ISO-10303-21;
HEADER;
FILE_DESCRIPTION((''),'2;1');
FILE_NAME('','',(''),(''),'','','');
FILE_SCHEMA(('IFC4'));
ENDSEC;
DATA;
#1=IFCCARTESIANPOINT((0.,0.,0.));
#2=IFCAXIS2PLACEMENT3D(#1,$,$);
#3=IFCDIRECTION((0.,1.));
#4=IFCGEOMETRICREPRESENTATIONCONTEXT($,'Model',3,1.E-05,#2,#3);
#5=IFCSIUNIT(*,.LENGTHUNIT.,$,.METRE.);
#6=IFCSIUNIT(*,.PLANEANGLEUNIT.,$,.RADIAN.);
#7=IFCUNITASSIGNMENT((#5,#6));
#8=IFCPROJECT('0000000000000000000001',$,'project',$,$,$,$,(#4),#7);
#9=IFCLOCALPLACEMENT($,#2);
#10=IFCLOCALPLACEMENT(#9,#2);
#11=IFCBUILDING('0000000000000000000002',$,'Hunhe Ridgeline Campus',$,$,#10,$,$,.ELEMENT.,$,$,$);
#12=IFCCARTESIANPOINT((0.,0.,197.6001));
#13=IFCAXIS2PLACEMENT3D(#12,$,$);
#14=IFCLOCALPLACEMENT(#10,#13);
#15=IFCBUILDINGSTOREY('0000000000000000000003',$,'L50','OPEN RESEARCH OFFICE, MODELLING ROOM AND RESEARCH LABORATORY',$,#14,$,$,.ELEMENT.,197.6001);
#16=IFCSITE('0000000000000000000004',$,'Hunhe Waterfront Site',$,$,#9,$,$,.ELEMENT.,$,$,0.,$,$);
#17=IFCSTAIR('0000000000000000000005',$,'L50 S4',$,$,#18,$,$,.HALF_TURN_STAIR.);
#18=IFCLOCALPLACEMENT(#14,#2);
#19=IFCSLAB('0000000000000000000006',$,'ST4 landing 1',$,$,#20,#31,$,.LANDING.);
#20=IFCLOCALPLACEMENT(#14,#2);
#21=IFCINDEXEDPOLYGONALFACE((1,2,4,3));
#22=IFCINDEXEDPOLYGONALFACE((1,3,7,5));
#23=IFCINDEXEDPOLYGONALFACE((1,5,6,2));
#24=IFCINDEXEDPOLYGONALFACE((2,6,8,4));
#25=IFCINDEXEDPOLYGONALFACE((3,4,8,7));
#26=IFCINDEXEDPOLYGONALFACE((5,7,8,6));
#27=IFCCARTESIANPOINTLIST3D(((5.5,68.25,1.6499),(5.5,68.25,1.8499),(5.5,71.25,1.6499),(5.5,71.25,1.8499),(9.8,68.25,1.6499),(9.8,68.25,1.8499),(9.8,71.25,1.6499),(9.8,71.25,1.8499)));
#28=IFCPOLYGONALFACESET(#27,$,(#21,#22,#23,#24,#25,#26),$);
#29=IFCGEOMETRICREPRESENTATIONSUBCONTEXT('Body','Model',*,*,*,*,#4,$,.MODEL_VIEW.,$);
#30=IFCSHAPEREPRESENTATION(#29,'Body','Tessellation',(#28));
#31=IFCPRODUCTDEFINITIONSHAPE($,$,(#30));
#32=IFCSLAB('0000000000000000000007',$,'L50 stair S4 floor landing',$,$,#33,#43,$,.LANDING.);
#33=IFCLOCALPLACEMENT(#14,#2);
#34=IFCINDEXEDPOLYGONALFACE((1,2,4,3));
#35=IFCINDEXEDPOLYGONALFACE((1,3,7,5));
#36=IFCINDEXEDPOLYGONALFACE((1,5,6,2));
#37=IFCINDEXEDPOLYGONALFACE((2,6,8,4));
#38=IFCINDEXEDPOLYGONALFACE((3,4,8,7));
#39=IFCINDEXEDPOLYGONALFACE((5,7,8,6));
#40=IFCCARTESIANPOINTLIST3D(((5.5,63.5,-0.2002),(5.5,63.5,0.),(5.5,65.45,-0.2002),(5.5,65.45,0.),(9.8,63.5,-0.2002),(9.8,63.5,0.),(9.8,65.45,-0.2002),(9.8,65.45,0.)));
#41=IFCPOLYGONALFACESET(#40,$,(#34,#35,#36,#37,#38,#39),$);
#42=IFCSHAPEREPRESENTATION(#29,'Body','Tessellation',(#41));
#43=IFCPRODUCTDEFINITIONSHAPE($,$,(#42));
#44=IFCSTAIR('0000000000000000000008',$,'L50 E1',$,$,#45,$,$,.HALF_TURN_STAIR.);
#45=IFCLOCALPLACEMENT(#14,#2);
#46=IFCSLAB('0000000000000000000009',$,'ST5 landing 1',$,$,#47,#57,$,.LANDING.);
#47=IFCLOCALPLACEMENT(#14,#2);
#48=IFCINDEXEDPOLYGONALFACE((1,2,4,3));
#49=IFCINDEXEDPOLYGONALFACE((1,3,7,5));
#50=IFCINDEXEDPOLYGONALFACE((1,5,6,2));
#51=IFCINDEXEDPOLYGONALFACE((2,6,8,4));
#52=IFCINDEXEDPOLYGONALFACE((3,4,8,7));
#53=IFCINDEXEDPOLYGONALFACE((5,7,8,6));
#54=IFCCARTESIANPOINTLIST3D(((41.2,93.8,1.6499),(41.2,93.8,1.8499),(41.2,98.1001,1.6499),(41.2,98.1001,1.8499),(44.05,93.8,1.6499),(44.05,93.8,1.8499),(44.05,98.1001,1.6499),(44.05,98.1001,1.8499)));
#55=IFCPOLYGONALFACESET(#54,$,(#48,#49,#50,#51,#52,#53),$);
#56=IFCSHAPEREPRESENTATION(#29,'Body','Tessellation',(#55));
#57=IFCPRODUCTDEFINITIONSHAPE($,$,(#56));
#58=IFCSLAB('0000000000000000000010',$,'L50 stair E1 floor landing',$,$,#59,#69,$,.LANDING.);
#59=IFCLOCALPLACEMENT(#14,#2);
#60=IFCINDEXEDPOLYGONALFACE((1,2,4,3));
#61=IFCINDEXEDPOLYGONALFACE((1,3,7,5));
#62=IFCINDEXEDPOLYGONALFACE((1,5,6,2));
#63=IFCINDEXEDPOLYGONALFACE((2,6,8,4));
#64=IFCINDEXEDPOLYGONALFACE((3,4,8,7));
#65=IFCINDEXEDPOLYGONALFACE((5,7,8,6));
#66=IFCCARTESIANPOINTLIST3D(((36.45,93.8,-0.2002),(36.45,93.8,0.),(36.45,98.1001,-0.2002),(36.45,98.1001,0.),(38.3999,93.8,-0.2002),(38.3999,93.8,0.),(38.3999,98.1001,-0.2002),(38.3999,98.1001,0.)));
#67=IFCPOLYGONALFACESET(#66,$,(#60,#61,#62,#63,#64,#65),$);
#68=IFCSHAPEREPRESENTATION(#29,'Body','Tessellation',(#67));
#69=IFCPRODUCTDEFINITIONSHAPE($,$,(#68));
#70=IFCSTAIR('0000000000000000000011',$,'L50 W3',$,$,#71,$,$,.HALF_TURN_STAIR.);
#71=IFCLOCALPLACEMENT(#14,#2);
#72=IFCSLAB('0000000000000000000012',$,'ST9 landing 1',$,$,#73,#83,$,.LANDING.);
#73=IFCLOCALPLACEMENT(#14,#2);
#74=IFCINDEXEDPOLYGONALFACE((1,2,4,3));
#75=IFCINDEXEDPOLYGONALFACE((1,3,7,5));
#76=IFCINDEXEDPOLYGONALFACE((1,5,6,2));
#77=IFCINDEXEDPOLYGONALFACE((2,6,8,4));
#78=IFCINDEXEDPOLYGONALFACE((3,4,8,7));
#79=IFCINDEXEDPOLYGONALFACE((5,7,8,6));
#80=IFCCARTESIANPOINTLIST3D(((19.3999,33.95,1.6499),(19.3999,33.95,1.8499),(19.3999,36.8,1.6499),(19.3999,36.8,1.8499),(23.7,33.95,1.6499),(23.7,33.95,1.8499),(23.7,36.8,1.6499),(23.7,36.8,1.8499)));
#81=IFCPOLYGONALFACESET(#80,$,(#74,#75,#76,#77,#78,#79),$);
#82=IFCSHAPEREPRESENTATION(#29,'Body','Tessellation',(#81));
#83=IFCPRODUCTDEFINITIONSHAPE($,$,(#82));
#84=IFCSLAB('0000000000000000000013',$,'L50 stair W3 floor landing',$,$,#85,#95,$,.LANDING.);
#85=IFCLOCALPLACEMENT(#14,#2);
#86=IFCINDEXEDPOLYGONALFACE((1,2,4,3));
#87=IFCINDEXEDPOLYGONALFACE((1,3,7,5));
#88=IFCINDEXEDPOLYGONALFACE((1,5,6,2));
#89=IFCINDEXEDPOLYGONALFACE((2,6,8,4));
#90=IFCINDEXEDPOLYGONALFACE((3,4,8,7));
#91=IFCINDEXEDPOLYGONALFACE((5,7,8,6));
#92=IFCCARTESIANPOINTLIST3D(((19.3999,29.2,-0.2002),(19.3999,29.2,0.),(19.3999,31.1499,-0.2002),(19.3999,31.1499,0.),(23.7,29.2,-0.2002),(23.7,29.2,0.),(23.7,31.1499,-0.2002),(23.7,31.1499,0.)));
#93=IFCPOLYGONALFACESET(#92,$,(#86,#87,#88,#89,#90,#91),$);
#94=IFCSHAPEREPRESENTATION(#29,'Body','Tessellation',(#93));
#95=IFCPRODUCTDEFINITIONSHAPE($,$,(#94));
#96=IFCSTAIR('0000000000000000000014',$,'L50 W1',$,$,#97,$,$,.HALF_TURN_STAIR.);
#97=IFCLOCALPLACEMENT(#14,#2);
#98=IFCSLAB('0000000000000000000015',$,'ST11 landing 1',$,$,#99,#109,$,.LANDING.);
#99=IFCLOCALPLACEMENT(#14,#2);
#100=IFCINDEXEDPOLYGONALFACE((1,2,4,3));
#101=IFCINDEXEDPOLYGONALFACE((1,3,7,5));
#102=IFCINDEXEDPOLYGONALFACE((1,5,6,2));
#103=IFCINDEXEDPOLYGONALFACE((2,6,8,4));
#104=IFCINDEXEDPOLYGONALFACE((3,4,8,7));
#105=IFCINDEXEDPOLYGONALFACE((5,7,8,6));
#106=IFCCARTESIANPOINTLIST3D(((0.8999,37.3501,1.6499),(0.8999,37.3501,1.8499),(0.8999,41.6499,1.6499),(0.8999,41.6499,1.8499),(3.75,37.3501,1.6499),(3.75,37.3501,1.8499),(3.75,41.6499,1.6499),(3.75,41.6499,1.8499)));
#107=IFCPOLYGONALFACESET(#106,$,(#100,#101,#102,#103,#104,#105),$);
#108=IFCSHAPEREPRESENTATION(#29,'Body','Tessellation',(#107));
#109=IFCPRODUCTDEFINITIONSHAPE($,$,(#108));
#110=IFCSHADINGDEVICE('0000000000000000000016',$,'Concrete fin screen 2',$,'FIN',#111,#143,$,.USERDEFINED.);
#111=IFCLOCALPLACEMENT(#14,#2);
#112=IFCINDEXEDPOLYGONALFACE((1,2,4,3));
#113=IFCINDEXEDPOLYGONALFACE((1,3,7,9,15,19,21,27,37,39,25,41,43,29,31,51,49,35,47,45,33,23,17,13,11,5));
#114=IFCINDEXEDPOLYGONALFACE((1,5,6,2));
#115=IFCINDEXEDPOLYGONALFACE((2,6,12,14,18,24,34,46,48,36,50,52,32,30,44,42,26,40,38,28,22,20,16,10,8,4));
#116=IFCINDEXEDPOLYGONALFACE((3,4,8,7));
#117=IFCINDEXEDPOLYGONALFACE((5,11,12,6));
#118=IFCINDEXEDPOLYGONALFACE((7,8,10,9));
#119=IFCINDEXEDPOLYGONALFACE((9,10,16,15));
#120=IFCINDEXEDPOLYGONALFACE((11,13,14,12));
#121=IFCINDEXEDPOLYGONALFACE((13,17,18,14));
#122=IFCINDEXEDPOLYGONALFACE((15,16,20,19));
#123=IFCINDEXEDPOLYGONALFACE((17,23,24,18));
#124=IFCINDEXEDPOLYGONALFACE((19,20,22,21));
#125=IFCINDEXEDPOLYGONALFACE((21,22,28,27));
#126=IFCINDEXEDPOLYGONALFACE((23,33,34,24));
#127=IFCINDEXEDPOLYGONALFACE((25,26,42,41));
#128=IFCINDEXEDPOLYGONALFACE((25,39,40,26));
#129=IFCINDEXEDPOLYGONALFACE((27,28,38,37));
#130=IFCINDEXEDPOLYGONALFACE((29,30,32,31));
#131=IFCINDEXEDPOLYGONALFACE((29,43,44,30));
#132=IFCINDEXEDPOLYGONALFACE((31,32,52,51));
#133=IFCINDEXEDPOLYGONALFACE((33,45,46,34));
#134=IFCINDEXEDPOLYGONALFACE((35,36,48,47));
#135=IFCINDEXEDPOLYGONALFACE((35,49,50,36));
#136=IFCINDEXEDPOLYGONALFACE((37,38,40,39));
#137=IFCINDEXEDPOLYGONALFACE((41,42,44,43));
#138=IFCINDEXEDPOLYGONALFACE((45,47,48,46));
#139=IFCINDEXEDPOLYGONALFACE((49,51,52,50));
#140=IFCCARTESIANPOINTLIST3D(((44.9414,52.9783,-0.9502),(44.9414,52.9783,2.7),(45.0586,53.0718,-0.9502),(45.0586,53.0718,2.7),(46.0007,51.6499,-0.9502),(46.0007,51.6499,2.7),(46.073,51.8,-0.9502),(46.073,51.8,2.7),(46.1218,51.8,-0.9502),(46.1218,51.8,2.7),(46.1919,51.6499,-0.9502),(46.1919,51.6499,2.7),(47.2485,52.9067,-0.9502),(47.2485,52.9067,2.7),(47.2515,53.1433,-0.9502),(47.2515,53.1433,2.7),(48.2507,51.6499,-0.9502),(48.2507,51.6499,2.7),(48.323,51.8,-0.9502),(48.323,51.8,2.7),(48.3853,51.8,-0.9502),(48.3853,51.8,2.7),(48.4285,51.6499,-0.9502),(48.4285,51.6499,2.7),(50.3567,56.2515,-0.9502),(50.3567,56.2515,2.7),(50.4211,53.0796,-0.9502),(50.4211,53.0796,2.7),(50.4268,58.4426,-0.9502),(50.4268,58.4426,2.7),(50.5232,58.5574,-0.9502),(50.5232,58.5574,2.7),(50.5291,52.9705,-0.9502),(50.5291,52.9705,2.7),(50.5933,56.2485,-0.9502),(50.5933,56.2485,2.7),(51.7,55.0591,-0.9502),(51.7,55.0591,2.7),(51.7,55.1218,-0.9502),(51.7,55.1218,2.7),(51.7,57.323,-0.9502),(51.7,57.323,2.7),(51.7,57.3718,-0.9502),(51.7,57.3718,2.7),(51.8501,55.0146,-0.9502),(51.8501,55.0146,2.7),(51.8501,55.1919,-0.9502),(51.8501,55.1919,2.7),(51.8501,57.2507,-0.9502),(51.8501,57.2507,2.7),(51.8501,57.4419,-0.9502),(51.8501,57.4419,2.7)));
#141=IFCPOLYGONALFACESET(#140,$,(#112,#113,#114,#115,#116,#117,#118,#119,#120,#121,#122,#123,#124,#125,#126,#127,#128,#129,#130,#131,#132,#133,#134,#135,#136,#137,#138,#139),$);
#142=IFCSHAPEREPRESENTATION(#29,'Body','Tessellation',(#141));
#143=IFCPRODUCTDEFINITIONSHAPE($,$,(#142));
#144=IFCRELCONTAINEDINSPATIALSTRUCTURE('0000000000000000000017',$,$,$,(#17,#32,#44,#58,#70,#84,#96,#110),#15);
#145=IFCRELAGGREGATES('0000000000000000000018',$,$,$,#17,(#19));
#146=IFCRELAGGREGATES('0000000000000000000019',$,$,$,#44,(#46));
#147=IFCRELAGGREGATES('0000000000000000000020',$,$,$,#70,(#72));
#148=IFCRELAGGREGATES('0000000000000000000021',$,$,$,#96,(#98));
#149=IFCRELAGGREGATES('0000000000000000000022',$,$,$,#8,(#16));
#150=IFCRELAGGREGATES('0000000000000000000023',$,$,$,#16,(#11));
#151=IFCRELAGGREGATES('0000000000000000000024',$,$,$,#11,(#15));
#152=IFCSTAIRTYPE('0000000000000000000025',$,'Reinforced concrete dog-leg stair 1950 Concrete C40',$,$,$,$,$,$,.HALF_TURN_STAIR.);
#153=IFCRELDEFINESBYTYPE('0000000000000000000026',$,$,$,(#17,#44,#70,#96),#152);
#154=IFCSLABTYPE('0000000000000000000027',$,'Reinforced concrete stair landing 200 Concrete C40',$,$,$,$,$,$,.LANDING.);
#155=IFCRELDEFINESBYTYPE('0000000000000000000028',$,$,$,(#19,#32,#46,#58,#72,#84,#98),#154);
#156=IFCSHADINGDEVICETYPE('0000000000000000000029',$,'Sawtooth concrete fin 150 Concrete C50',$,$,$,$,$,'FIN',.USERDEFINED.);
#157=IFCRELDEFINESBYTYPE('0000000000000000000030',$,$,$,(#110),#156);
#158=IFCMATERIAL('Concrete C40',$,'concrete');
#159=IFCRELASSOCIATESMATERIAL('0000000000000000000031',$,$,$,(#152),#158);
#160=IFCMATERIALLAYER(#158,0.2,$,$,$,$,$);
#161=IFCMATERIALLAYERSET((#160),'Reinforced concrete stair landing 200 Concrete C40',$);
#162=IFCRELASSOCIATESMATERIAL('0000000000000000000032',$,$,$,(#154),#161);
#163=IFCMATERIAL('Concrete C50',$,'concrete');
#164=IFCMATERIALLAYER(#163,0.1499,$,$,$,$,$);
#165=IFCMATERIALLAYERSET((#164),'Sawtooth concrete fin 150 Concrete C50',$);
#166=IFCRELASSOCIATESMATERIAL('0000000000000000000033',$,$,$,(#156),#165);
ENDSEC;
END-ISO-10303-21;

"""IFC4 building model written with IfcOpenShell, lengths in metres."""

from ifc_helpers import new_model, si_unit, direction, frame, origin, place, context, subcontext, project, spatial, polyline, outline, extrude, material, layer, layer_set, type_object, element, aggregate, save


model = new_model("IFC4")

# Units and contexts
model_context = context("Model", 3, precision=1e-05, world=origin(), true_north=direction((0.0, 1.0)))
body_context = subcontext(model_context, "Body", "Model", "MODEL_VIEW")
ifc_project = project(units=[si_unit("LENGTHUNIT", "METRE"), si_unit("PLANEANGLEUNIT", "RADIAN")], contexts=[model_context])

# Site, building, storey
site_placement = place(None, origin())
site = spatial("IfcSite", under=ifc_project, at=site_placement, Name="Hunhe Waterfront Site", CompositionType="ELEMENT", RefElevation=0.0)
building_placement = place(site_placement, origin())
building = spatial("IfcBuilding", under=site, at=building_placement, Name="Hunhe Ridgeline Campus", CompositionType="ELEMENT")
storey_placement = place(building_placement, frame((0.0, 0.0, 197.6001)))
storey = spatial("IfcBuildingStorey", under=building, at=storey_placement, Name="L50", Description="OPEN RESEARCH OFFICE, MODELLING ROOM AND RESEARCH LABORATORY", CompositionType="ELEMENT", Elevation=197.6001)

# Shared definitions
ifc_material_1 = material(Name="Concrete C40", Category="concrete")

# Shared definitions
stair_type = type_object("IfcStairType", Name="Reinforced concrete dog-leg stair 1950 Concrete C40", PredefinedType="HALF_TURN_STAIR", material=ifc_material_1)
ifc_layer_1 = layer(ifc_material_1, 0.2)
ifc_layer_set_1 = layer_set([ifc_layer_1], Name="Reinforced concrete stair landing 200 Concrete C40")
slab_type_1 = type_object("IfcSlabType", Name="Reinforced concrete stair landing 200 Concrete C40", PredefinedType="LANDING", material=ifc_layer_set_1)

# Stair, slab
stair_1_placement = place(storey_placement, origin())
stair_1 = element("IfcStair", 1, at=stair_1_placement, inside=storey, type_object=stair_type, Name="L50 S4", PredefinedType="HALF_TURN_STAIR")
slab_1_placement = place(storey_placement, frame((0.0, 0.0, 1.6499)))
slab_1 = element("IfcSlab", 2, at=slab_1_placement, type_object=slab_type_1, Name="ST4 landing 1", PredefinedType="LANDING", context=body_context, shape_type="SweptSolid", body=[
    extrude(outline(polyline([(9.8, 68.25), (9.8, 71.25), (5.5, 71.25), (5.5, 68.25), (9.8, 68.25)])), origin(), (0.0, 0.0, 1.0), 0.2),
])
aggregate(stair_1, [slab_1])

# Slab
slab_2_placement = place(storey_placement, frame((0.0, 0.0, -0.2002)))
element("IfcSlab", 3, at=slab_2_placement, inside=storey, type_object=slab_type_1, Name="L50 stair S4 floor landing", PredefinedType="LANDING", context=body_context, shape_type="SweptSolid", body=[
    extrude(outline(polyline([(9.8, 63.5), (9.8, 65.45), (5.5, 65.45), (5.5, 63.5), (9.8, 63.5)])), origin(), (0.0, 0.0, 1.0), 0.2002),
])

# Stair, slab
stair_2_placement = place(storey_placement, origin())
stair_2 = element("IfcStair", 4, at=stair_2_placement, inside=storey, type_object=stair_type, Name="L50 E1", PredefinedType="HALF_TURN_STAIR")
slab_3_placement = place(storey_placement, frame((0.0, 0.0, 1.6499)))
slab_3 = element("IfcSlab", 5, at=slab_3_placement, type_object=slab_type_1, Name="ST5 landing 1", PredefinedType="LANDING", context=body_context, shape_type="SweptSolid", body=[
    extrude(outline(polyline([(41.2, 93.8), (44.05, 93.8), (44.05, 98.1001), (41.2, 98.1001), (41.2, 93.8)])), origin(), (0.0, 0.0, 1.0), 0.2),
])
aggregate(stair_2, [slab_3])

# Slab
slab_4_placement = place(storey_placement, frame((0.0, 0.0, -0.2002)))
element("IfcSlab", 6, at=slab_4_placement, inside=storey, type_object=slab_type_1, Name="L50 stair E1 floor landing", PredefinedType="LANDING", context=body_context, shape_type="SweptSolid", body=[
    extrude(outline(polyline([(36.45, 93.8), (38.3999, 93.8), (38.3999, 98.1001), (36.45, 98.1001), (36.45, 93.8)])), origin(), (0.0, 0.0, 1.0), 0.2002),
])

# Stair, slab
stair_3_placement = place(storey_placement, origin())
stair_3 = element("IfcStair", 7, at=stair_3_placement, inside=storey, type_object=stair_type, Name="L50 W3", PredefinedType="HALF_TURN_STAIR")
slab_5_placement = place(storey_placement, frame((0.0, 0.0, 1.6499)))
slab_5 = element("IfcSlab", 8, at=slab_5_placement, type_object=slab_type_1, Name="ST9 landing 1", PredefinedType="LANDING", context=body_context, shape_type="SweptSolid", body=[
    extrude(outline(polyline([(23.7, 33.95), (23.7, 36.8), (19.3999, 36.8), (19.3999, 33.95), (23.7, 33.95)])), origin(), (0.0, 0.0, 1.0), 0.2),
])
aggregate(stair_3, [slab_5])

# Slab
slab_6_placement = place(storey_placement, frame((0.0, 0.0, -0.2002)))
element("IfcSlab", 9, at=slab_6_placement, inside=storey, type_object=slab_type_1, Name="L50 stair W3 floor landing", PredefinedType="LANDING", context=body_context, shape_type="SweptSolid", body=[
    extrude(outline(polyline([(23.7, 29.2), (23.7, 31.1499), (19.3999, 31.1499), (19.3999, 29.2), (23.7, 29.2)])), origin(), (0.0, 0.0, 1.0), 0.2002),
])

# Stair, slab
stair_4_placement = place(storey_placement, origin())
stair_4 = element("IfcStair", 10, at=stair_4_placement, inside=storey, type_object=stair_type, Name="L50 W1", PredefinedType="HALF_TURN_STAIR")
slab_7_placement = place(storey_placement, frame((0.0, 0.0, 1.6499)))
slab_7 = element("IfcSlab", 11, at=slab_7_placement, type_object=slab_type_1, Name="ST11 landing 1", PredefinedType="LANDING", context=body_context, shape_type="SweptSolid", body=[
    extrude(outline(polyline([(3.75, 41.6499), (0.8999, 41.6499), (0.8999, 37.3501), (3.75, 37.3501), (3.75, 41.6499)])), origin(), (0.0, 0.0, 1.0), 0.2),
])
aggregate(stair_4, [slab_7])

# Shading device
ifc_material_2 = material(Name="Concrete C50", Category="concrete")
ifc_layer_2 = layer(ifc_material_2, 0.1499)
ifc_layer_set_2 = layer_set([ifc_layer_2], Name="Sawtooth concrete fin 150 Concrete C50")
shading_device_type = type_object("IfcShadingDeviceType", Name="Sawtooth concrete fin 150 Concrete C50", ElementType="FIN", PredefinedType="USERDEFINED", material=ifc_layer_set_2)
shading_device_1_placement = place(storey_placement, frame((0.0, 0.0, -0.9502)))
element("IfcShadingDevice", 12, at=shading_device_1_placement, inside=storey, type_object=shading_device_type, Name="Concrete fin screen 2", ObjectType="FIN", PredefinedType="USERDEFINED", context=body_context, shape_type="SweptSolid", body=[
    extrude(outline(polyline([(45.0586, 53.0718), (44.9414, 52.9783), (46.0007, 51.6499), (46.1919, 51.6499), (47.2485, 52.9067), (48.2507, 51.6499), (48.4285, 51.6499), (50.5291, 52.9705), (51.8501, 55.0146), (51.8501, 55.1919), (50.5933, 56.2485), (51.8501, 57.2507), (51.8501, 57.4419), (50.5232, 58.5574), (50.4268, 58.4426), (51.7, 57.3718), (51.7, 57.323), (50.3567, 56.2515), (51.7, 55.1218), (51.7, 55.0591), (50.4211, 53.0796), (48.3853, 51.8), (48.323, 51.8), (47.2515, 53.1433), (46.1218, 51.8), (46.073, 51.8), (45.0586, 53.0718)])), origin(), (0.0, 0.0, 1.0), 3.6501),
])

save(model, "model.ifc")
